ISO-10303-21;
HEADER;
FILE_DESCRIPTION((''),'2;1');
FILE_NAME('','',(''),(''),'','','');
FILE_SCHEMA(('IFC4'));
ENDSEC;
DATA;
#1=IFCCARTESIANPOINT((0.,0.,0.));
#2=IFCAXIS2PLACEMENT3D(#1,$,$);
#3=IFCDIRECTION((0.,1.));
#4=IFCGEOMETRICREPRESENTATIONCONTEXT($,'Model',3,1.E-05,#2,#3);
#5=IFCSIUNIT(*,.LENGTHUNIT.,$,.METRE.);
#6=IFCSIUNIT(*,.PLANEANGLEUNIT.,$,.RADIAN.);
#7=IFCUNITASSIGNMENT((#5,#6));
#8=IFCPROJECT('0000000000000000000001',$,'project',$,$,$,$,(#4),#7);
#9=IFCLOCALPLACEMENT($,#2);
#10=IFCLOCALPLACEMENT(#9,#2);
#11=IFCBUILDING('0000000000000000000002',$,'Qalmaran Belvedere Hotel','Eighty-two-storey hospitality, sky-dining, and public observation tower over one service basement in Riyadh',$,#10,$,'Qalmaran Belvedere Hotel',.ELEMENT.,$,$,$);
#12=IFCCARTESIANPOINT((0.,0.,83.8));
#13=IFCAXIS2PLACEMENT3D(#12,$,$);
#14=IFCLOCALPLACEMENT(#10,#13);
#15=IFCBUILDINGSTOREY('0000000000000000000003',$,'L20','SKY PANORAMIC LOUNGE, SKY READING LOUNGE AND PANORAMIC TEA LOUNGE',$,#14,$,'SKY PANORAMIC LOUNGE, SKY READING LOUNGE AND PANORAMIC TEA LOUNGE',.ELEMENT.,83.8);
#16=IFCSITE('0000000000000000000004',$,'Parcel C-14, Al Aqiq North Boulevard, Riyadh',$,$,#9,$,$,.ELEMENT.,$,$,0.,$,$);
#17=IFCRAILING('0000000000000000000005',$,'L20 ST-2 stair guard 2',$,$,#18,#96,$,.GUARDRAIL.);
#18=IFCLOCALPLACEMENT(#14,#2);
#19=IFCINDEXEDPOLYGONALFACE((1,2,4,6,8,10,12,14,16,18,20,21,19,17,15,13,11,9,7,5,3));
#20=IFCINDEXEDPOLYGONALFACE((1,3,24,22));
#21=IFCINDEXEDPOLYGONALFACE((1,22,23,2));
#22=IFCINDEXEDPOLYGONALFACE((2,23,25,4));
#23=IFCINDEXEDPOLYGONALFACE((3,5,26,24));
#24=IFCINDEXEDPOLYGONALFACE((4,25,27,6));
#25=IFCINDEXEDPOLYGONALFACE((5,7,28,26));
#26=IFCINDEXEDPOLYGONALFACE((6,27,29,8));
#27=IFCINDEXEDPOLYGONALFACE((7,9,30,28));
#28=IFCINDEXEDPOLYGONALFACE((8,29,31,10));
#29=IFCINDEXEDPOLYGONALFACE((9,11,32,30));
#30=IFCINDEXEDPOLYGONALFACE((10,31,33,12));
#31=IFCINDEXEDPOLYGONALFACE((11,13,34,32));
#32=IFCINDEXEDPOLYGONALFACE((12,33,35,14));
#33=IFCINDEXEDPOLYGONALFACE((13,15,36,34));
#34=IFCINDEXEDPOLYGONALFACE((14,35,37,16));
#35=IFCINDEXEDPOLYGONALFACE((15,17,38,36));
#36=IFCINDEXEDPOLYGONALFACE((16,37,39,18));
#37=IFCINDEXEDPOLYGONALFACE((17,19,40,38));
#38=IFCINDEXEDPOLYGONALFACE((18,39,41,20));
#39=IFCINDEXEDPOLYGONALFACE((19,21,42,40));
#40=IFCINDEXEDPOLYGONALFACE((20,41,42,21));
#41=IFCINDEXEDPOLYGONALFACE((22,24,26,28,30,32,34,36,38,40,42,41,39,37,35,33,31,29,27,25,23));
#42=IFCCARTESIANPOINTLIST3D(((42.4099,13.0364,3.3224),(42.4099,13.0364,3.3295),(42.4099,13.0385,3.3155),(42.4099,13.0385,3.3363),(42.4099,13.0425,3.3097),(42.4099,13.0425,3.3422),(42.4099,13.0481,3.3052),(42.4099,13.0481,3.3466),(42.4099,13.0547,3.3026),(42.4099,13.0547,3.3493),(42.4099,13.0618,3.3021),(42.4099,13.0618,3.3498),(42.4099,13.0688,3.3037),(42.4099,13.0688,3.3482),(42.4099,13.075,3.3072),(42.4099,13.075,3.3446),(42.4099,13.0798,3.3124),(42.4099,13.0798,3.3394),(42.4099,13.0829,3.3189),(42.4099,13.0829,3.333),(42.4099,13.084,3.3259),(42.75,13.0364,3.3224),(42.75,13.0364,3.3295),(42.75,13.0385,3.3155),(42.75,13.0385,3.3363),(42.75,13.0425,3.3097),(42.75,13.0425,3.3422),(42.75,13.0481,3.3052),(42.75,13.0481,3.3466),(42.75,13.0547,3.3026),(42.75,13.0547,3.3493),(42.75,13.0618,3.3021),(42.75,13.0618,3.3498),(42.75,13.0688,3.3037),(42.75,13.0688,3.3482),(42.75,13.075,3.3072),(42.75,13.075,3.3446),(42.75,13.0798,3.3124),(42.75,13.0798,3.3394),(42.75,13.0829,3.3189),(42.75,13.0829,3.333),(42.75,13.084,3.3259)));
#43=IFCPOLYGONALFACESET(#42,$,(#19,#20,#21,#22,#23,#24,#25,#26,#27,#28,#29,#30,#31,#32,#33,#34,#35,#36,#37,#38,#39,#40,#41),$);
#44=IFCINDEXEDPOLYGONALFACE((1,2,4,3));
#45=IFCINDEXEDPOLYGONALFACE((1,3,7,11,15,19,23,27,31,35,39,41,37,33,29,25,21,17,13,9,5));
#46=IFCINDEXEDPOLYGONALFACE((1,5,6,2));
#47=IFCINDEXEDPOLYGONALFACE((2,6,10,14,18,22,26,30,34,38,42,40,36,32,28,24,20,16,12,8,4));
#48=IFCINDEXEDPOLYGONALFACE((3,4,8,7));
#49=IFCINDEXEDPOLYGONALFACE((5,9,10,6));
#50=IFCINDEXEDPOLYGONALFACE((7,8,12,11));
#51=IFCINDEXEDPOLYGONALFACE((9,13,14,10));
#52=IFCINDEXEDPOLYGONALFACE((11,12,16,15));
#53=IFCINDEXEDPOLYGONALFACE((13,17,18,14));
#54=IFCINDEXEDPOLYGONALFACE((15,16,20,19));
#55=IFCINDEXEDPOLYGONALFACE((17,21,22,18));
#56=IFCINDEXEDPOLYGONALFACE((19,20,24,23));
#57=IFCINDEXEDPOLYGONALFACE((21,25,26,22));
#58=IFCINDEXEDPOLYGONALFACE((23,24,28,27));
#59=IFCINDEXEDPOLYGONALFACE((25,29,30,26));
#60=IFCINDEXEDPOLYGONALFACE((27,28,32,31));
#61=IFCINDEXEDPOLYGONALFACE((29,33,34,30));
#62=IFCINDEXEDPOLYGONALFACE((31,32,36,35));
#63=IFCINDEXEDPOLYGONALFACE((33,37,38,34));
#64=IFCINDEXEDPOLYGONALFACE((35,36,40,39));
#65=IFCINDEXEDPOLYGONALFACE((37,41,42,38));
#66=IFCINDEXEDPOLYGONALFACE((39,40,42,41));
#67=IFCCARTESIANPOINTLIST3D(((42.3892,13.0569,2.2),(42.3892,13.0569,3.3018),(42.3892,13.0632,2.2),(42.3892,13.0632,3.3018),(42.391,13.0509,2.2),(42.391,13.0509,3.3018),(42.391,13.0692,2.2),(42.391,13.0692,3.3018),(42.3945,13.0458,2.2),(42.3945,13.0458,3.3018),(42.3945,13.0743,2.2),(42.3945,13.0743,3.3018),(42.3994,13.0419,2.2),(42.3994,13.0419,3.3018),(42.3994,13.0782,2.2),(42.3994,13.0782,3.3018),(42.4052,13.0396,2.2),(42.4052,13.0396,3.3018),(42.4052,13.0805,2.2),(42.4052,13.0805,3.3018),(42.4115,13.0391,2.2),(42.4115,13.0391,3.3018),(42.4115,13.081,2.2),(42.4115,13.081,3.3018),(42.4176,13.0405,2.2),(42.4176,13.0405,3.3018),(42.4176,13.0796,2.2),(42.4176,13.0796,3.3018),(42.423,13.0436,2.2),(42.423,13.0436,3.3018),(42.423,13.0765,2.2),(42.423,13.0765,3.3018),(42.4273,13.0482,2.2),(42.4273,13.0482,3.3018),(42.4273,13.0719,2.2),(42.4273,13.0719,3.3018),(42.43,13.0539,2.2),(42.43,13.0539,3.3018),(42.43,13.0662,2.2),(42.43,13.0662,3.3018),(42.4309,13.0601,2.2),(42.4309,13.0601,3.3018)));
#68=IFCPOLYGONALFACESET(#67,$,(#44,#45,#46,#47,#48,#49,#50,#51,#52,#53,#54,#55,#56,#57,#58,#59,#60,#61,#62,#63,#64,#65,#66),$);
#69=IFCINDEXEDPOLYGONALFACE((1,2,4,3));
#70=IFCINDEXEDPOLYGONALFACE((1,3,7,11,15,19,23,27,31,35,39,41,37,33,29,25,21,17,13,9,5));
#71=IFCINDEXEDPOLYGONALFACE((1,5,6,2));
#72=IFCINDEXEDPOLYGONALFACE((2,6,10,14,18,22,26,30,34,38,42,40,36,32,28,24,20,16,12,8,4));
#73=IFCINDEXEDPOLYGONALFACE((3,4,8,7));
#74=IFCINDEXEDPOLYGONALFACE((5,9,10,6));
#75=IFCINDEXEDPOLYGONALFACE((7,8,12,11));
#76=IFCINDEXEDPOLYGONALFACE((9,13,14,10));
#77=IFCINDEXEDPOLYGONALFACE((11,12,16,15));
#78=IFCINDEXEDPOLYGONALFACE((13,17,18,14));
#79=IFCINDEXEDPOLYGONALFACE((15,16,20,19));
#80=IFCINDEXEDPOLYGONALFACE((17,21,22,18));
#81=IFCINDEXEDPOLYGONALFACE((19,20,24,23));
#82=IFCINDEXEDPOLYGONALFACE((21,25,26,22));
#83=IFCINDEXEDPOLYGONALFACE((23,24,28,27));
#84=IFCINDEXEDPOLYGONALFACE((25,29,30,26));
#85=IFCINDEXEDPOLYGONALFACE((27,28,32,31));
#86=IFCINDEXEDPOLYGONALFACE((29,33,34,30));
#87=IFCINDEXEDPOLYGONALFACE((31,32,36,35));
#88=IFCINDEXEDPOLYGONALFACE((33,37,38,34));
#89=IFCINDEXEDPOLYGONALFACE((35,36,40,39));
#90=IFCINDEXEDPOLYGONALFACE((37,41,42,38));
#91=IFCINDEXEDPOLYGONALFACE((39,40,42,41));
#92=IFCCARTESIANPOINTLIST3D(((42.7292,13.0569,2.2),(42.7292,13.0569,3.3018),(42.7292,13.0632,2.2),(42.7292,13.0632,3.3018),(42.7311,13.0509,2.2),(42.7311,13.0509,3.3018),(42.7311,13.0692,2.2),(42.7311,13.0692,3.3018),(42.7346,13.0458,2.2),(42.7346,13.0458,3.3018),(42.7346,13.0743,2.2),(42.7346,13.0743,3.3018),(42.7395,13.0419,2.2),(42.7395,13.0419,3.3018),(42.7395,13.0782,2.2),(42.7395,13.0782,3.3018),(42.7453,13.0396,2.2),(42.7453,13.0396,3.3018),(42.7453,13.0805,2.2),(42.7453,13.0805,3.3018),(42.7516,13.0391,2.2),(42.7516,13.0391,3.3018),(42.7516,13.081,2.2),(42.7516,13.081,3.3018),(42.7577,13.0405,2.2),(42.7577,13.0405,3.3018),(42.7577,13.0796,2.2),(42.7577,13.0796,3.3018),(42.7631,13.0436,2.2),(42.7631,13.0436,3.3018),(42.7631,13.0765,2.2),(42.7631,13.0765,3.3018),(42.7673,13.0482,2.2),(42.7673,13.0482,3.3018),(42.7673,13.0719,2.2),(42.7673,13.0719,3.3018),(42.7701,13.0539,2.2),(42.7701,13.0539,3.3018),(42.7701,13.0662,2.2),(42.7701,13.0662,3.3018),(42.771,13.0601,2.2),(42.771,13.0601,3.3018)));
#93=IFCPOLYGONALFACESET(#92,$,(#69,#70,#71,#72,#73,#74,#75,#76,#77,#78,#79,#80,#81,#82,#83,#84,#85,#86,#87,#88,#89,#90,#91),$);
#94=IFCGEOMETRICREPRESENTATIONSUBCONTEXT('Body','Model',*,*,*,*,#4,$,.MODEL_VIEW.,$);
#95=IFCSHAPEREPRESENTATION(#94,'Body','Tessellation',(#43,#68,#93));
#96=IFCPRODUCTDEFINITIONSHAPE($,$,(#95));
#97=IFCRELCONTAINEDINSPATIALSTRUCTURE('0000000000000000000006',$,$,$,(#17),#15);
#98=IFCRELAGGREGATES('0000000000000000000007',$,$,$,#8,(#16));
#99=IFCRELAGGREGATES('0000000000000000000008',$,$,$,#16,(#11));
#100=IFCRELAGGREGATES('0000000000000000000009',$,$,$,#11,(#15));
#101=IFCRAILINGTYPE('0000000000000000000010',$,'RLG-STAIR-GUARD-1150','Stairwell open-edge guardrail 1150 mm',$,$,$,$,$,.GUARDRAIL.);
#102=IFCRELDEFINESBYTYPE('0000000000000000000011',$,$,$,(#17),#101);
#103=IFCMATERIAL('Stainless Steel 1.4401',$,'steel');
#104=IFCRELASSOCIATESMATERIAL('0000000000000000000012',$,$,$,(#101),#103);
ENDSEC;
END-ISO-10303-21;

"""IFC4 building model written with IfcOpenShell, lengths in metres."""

from ifc_helpers import new_model, si_unit, direction, frame, origin, origin_2d, place, context, subcontext, project, spatial, circle, extrude, material, type_object, element, save


model = new_model("IFC4")

# Units and contexts
model_context = context("Model", 3, precision=1e-05, world=origin(), true_north=direction((0.0, 1.0)))
body_context = subcontext(model_context, "Body", "Model", "MODEL_VIEW")
ifc_project = project(units=[si_unit("LENGTHUNIT", "METRE"), si_unit("PLANEANGLEUNIT", "RADIAN")], contexts=[model_context])

# Site, building, storey
site_placement = place(None, origin())
site = spatial("IfcSite", under=ifc_project, at=site_placement, Name="Parcel C-14, Al Aqiq North Boulevard, Riyadh", CompositionType="ELEMENT", RefElevation=0.0)
building_placement = place(site_placement, origin())
building = spatial("IfcBuilding", under=site, at=building_placement, Name="Qalmaran Belvedere Hotel", Description="Eighty-two-storey hospitality, sky-dining, and public observation tower over one service basement in Riyadh", LongName="Qalmaran Belvedere Hotel", CompositionType="ELEMENT")
storey_placement = place(building_placement, frame((0.0, 0.0, 83.8)))
storey = spatial("IfcBuildingStorey", under=building, at=storey_placement, Name="L20", Description="SKY PANORAMIC LOUNGE, SKY READING LOUNGE AND PANORAMIC TEA LOUNGE", LongName="SKY PANORAMIC LOUNGE, SKY READING LOUNGE AND PANORAMIC TEA LOUNGE", CompositionType="ELEMENT", Elevation=83.8)

# Railing
ifc_material_1 = material(Name="Stainless Steel 1.4401", Category="steel")
railing_type_1 = type_object("IfcRailingType", Name="RLG-STAIR-GUARD-1150", Description="Stairwell open-edge guardrail 1150 mm", PredefinedType="GUARDRAIL", material=ifc_material_1)
railing_1_placement = place(storey_placement, frame((42.4099, 13.0601, 2.2)))
element("IfcRailing", 1, at=railing_1_placement, inside=storey, type_object=railing_type_1, Name="L20 ST-2 stair guard 2", PredefinedType="GUARDRAIL", context=body_context, shape_type="SweptSolid", body=[
    extrude(circle(Radius=0.0239, at=origin_2d()), frame((0.0, 0.0, 1.126), z_axis=(1.0, 0.0, 0.0), x_axis=(0.0, 1.0, 0.0)), (0.0, 0.0, 1.0), 0.3401),
    extrude(circle(Radius=0.021, at=origin_2d()), origin(), (0.0, 0.0, 1.0), 1.1018),
    extrude(circle(Radius=0.021, at=origin_2d()), frame((0.3401, 0.0, 0.0)), (0.0, 0.0, 1.0), 1.1018),
])

save(model, "model.ifc")
